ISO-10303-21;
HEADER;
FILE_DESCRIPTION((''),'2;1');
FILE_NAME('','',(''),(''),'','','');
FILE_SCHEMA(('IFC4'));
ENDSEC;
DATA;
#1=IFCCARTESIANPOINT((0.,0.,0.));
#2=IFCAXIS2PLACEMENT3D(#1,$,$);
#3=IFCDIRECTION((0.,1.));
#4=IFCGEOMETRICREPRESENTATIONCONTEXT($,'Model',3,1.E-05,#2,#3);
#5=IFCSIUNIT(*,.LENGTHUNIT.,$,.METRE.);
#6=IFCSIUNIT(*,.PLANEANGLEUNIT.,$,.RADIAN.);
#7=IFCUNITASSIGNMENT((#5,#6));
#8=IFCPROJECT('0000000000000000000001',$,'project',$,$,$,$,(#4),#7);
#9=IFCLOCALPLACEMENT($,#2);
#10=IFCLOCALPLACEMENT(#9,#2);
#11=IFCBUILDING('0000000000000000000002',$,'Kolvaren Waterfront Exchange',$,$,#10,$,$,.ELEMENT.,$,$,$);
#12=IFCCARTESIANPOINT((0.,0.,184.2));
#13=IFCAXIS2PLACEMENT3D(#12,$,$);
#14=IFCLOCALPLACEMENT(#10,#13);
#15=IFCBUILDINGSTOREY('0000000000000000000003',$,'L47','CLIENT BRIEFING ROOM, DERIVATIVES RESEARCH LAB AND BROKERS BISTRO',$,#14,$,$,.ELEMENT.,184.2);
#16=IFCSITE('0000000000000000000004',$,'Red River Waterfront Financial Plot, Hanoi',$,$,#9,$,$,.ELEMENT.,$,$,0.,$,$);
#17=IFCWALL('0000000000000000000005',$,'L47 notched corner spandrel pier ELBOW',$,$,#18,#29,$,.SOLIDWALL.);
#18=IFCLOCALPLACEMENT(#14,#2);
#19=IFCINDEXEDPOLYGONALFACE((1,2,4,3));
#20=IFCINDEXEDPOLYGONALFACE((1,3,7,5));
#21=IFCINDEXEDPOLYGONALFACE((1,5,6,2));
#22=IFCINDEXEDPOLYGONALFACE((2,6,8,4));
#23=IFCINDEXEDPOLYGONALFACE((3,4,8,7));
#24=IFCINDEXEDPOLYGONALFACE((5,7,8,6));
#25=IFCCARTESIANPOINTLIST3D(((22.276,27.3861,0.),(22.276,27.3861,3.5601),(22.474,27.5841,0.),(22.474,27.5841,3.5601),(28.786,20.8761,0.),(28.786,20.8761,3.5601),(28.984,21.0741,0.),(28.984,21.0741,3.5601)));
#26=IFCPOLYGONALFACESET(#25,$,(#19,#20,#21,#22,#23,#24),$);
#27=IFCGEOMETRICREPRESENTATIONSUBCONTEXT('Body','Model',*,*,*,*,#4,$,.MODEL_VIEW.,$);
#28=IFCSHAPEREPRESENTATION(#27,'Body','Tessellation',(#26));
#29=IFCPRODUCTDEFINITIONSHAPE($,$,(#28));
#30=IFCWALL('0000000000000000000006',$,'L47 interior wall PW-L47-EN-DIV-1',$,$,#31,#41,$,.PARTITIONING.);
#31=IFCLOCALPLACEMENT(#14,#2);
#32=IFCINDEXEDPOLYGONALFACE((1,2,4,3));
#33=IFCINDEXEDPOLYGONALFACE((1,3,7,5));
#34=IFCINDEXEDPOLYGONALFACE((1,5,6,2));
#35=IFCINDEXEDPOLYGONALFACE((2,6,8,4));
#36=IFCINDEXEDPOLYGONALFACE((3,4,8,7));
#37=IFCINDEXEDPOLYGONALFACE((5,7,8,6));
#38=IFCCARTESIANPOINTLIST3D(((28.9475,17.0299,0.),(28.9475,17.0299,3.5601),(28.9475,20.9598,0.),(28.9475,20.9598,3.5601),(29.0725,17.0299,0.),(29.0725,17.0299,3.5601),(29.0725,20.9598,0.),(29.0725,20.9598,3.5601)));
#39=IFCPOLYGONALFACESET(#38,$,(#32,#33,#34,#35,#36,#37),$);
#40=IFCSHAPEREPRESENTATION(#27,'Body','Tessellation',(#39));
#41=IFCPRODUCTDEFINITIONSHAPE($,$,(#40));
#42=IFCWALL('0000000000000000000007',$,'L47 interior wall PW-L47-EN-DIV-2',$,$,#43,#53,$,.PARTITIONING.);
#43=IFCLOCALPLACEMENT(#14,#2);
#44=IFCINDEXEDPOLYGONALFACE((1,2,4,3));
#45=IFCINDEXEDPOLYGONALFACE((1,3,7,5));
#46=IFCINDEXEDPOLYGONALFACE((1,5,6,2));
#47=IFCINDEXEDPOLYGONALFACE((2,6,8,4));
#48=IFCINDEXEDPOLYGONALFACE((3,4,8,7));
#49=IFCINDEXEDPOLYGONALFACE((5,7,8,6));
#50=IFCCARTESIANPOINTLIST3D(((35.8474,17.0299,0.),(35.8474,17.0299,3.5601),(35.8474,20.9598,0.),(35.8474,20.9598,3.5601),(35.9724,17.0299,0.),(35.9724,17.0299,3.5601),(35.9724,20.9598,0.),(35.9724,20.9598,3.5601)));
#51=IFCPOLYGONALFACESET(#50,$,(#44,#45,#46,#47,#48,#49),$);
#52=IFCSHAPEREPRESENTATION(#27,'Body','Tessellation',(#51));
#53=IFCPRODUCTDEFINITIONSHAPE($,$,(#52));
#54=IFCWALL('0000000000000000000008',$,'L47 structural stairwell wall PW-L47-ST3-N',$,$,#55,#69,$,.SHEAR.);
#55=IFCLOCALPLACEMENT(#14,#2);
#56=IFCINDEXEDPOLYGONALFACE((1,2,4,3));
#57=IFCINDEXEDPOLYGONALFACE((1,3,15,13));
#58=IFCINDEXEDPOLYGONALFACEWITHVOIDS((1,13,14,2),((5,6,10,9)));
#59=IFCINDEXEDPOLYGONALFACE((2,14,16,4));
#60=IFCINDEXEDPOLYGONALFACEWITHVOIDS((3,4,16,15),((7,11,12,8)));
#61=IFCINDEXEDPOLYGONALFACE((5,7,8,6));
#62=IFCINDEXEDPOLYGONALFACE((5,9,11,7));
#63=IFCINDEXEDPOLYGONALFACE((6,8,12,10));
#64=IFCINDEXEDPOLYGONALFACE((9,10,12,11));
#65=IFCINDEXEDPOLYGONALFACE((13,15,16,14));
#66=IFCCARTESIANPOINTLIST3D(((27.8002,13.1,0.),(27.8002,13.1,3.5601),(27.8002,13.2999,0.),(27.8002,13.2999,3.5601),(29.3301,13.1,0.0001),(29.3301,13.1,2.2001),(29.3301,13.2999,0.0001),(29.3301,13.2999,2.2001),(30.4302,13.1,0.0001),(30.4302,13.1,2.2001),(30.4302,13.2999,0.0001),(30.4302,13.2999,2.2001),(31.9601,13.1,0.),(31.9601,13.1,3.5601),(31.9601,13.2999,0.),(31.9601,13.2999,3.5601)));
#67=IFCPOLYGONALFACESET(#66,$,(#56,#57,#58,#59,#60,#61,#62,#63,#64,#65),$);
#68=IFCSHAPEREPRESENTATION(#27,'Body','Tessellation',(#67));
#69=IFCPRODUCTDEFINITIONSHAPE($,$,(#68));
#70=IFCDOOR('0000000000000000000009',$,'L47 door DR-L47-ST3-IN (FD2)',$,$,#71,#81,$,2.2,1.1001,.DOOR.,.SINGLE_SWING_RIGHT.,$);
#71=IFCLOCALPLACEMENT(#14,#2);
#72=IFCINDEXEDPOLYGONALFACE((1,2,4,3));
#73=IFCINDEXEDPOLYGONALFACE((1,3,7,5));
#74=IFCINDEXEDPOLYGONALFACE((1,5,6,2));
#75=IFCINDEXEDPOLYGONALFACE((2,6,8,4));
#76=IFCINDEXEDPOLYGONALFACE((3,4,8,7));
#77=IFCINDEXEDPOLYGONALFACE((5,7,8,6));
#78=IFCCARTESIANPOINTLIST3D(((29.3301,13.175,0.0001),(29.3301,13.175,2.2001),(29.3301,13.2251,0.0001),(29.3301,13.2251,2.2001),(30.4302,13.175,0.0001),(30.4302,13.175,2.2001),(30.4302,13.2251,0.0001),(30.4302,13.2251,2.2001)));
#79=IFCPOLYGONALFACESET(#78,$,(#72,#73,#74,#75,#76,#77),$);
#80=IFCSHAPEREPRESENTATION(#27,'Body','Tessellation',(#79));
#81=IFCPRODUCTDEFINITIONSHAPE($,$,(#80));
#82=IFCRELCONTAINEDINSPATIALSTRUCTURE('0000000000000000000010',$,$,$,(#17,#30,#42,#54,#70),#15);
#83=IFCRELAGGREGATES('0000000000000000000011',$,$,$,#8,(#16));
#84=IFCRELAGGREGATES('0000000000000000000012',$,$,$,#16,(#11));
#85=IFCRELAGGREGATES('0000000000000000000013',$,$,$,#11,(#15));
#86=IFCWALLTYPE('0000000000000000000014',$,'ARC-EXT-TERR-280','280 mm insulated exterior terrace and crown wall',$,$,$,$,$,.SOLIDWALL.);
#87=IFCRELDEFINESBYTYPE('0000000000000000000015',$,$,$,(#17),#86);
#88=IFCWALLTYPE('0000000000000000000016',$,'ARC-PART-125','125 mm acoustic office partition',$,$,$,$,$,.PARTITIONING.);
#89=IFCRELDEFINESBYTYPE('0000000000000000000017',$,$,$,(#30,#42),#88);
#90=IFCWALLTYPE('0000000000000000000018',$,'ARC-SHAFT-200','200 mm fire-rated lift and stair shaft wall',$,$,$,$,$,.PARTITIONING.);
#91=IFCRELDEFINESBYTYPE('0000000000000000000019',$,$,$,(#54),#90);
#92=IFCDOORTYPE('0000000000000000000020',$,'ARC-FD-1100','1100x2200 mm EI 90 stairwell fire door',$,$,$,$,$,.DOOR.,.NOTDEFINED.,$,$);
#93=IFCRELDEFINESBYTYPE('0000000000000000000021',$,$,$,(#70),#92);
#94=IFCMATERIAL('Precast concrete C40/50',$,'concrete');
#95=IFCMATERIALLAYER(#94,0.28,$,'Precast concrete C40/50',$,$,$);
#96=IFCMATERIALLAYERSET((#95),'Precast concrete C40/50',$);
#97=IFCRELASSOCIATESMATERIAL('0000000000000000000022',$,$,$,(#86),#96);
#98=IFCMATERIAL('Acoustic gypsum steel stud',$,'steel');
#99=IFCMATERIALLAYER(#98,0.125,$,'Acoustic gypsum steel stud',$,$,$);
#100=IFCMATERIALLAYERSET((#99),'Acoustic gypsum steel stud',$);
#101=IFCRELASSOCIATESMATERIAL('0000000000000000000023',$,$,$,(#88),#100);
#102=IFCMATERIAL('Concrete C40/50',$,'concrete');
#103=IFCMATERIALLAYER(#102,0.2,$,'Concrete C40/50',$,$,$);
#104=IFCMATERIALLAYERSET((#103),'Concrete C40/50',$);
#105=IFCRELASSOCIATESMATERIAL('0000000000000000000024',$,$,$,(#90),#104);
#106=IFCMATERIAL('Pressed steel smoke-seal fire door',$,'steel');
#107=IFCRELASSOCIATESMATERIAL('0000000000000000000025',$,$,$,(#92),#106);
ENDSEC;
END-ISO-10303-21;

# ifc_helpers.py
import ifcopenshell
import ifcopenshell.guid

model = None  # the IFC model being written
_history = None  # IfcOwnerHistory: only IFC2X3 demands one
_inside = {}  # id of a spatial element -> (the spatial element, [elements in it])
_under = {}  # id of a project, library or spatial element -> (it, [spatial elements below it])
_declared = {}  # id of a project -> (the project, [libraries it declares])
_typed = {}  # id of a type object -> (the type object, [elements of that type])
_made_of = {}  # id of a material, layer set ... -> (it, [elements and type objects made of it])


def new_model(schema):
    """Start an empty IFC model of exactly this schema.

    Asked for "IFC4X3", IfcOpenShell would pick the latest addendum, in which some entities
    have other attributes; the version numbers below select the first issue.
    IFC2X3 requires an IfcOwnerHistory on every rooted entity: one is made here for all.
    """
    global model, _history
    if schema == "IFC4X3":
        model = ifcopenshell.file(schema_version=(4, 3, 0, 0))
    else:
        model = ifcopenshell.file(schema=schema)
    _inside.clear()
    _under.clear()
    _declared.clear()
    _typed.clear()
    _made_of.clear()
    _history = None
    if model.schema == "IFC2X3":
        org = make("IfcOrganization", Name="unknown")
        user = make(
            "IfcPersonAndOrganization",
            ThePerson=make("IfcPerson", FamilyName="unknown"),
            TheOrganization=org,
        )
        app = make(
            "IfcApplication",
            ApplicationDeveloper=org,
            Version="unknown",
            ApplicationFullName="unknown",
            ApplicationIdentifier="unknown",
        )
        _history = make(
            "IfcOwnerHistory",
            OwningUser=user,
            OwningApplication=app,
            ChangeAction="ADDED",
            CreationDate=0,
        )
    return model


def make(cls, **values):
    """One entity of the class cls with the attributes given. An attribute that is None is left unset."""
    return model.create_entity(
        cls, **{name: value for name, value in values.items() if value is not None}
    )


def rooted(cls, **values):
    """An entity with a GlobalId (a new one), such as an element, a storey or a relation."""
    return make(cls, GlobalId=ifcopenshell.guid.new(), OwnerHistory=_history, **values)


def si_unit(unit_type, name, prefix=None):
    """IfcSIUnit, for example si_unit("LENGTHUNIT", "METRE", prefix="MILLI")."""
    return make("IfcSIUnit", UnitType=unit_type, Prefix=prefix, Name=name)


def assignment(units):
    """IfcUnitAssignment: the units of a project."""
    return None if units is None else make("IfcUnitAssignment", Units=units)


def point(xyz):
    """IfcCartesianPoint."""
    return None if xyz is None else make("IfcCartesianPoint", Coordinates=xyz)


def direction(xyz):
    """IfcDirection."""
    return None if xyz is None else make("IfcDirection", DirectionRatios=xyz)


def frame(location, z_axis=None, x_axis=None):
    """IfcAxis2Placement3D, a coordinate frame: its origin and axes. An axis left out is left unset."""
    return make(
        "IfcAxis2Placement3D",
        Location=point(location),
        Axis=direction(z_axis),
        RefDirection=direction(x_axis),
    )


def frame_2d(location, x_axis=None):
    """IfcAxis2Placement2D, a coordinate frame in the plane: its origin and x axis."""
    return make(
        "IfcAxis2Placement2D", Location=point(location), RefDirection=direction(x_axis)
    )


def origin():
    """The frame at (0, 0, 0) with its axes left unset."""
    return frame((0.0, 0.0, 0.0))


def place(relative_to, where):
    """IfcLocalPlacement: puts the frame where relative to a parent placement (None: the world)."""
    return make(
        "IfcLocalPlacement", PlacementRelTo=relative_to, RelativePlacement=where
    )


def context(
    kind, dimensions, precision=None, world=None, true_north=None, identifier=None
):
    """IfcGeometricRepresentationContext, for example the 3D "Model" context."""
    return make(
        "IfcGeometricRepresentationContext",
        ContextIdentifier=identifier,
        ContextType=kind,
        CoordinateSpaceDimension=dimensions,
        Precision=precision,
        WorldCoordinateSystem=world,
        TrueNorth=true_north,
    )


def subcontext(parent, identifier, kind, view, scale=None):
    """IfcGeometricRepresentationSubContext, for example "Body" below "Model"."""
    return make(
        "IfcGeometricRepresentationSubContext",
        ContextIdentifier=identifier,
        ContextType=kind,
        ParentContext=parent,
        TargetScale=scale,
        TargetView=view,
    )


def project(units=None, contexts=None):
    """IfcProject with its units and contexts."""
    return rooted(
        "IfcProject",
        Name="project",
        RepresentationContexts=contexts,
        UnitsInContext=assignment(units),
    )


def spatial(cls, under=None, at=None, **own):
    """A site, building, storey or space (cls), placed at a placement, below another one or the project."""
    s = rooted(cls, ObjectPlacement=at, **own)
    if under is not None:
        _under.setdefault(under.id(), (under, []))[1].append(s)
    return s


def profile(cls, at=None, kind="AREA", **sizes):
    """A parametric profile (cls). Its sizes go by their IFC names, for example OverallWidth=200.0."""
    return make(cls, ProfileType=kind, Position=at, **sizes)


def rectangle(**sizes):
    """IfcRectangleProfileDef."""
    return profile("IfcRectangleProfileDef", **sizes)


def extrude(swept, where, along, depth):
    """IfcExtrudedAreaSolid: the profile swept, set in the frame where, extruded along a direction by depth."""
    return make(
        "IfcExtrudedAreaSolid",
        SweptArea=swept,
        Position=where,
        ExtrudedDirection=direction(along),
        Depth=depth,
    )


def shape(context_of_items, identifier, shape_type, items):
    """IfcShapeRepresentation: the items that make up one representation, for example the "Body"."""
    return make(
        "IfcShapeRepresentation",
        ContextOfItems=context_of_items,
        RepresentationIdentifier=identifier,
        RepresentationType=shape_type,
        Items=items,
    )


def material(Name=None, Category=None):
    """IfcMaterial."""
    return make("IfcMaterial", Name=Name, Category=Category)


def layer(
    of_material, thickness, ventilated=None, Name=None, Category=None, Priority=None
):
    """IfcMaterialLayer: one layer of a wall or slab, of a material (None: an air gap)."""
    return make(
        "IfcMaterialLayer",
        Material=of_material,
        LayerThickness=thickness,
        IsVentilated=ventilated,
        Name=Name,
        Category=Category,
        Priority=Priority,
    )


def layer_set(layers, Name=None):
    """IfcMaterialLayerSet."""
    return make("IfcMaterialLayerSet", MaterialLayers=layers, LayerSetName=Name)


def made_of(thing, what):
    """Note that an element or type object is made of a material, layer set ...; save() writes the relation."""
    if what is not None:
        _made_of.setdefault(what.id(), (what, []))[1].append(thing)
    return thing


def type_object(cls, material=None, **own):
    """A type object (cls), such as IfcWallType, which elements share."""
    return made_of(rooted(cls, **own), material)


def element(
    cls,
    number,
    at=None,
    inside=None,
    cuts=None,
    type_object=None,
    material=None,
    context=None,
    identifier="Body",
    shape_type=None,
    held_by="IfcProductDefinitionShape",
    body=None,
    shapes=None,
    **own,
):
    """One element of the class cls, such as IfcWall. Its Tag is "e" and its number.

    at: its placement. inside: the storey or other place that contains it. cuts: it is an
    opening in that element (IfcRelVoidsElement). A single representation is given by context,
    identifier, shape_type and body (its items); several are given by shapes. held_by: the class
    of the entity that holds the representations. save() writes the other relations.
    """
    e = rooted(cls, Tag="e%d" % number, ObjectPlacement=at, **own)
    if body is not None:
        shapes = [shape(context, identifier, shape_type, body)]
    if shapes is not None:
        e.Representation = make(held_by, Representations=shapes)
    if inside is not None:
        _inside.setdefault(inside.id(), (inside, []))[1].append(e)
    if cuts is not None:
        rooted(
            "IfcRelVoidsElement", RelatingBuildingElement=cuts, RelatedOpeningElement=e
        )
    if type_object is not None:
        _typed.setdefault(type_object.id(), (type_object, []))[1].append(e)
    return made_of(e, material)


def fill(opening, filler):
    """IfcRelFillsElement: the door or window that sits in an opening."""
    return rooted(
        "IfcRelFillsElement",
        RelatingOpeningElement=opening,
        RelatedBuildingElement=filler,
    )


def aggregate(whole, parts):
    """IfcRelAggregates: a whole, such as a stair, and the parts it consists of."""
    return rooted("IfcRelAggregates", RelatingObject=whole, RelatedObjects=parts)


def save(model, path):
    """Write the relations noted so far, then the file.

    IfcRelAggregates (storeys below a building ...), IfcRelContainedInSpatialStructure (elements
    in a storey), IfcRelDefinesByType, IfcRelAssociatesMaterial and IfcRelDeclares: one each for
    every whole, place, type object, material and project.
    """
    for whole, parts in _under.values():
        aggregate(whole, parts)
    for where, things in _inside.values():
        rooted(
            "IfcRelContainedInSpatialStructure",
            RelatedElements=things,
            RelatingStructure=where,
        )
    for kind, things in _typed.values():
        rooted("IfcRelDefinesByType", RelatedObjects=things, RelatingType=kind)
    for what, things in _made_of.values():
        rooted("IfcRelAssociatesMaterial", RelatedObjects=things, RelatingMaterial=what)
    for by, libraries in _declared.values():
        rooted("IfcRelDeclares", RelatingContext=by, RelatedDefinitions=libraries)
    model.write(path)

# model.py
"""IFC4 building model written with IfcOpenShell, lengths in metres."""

from ifc_helpers import new_model, si_unit, direction, frame, frame_2d, origin, place, context, subcontext, project, spatial, rectangle, extrude, material, layer, layer_set, type_object, element, fill, save


model = new_model("IFC4")

# Units and contexts
model_context = context("Model", 3, precision=1e-05, world=origin(), true_north=direction((0.0, 1.0)))
body_context = subcontext(model_context, "Body", "Model", "MODEL_VIEW")
ifc_project = project(units=[si_unit("LENGTHUNIT", "METRE"), si_unit("PLANEANGLEUNIT", "RADIAN")], contexts=[model_context])

# Site, building, storey
site_placement = place(None, origin())
site = spatial("IfcSite", under=ifc_project, at=site_placement, Name="Red River Waterfront Financial Plot, Hanoi", CompositionType="ELEMENT", RefElevation=0.0)
building_placement = place(site_placement, origin())
building = spatial("IfcBuilding", under=site, at=building_placement, Name="Kolvaren Waterfront Exchange", CompositionType="ELEMENT")
storey_placement = place(building_placement, frame((0.0, 0.0, 184.2)))
storey = spatial("IfcBuildingStorey", under=building, at=storey_placement, Name="L47", Description="CLIENT BRIEFING ROOM, DERIVATIVES RESEARCH LAB AND BROKERS BISTRO", CompositionType="ELEMENT", Elevation=184.2)

# Walls
ifc_material_1 = material(Name="Precast concrete C40/50", Category="concrete")
ifc_layer_1 = layer(ifc_material_1, 0.28, Name="Precast concrete C40/50")
ifc_layer_set_1 = layer_set([ifc_layer_1], Name="Precast concrete C40/50")
wall_type_1 = type_object("IfcWallType", Name="ARC-EXT-TERR-280", Description="280 mm insulated exterior terrace and crown wall", PredefinedType="SOLIDWALL", material=ifc_layer_set_1)
wall_1_placement = place(storey_placement, frame((28.885, 20.9751, 0.0), z_axis=(0.0, 0.0, 1.0), x_axis=(-0.707107, 0.707107, 0.0)))
element("IfcWall", 1, at=wall_1_placement, inside=storey, type_object=wall_type_1, Name="L47 notched corner spandrel pier ELBOW", PredefinedType="SOLIDWALL", context=body_context, shape_type="SweptSolid", body=[
    extrude(rectangle(XDim=9.2065, YDim=0.28, at=frame_2d((4.6033, 0.0))), origin(), (0.0, 0.0, 1.0), 3.5601),
])
ifc_material_2 = material(Name="Acoustic gypsum steel stud", Category="steel")
ifc_layer_2 = layer(ifc_material_2, 0.125, Name="Acoustic gypsum steel stud")
ifc_layer_set_2 = layer_set([ifc_layer_2], Name="Acoustic gypsum steel stud")
wall_type_2 = type_object("IfcWallType", Name="ARC-PART-125", Description="125 mm acoustic office partition", PredefinedType="PARTITIONING", material=ifc_layer_set_2)
for number, where, z_axis, x_axis, name in (
    (2, (29.01, 17.03, 0.0), (0.0, 0.0, 1.0), (0.0, 1.0, 0.0), "L47 interior wall PW-L47-EN-DIV-1"),
    (3, (35.9099, 17.03, 0.0), (0.0, 0.0, 1.0), (0.0, 1.0, 0.0), "L47 interior wall PW-L47-EN-DIV-2"),
):
    element("IfcWall", number, at=place(storey_placement, frame(where, z_axis=z_axis, x_axis=x_axis)), inside=storey, type_object=wall_type_2, Name=name, PredefinedType="PARTITIONING", context=body_context, shape_type="SweptSolid", body=[
        extrude(rectangle(XDim=3.9299, YDim=0.125, at=frame_2d((1.9648, 0.0))), origin(), (0.0, 0.0, 1.0), 3.5601),
    ])

# Wall, opening, door
ifc_material_3 = material(Name="Concrete C40/50", Category="concrete")
ifc_layer_3 = layer(ifc_material_3, 0.2, Name="Concrete C40/50")
ifc_layer_set_3 = layer_set([ifc_layer_3], Name="Concrete C40/50")
wall_type_3 = type_object("IfcWallType", Name="ARC-SHAFT-200", Description="200 mm fire-rated lift and stair shaft wall", PredefinedType="PARTITIONING", material=ifc_layer_set_3)
wall_2_placement = place(storey_placement, frame((27.8, 13.2, 0.0), z_axis=(0.0, 0.0, 1.0), x_axis=(1.0, 0.0, 0.0)))
wall_2 = element("IfcWall", 4, at=wall_2_placement, inside=storey, type_object=wall_type_3, Name="L47 structural stairwell wall PW-L47-ST3-N", PredefinedType="SHEAR", context=body_context, shape_type="SweptSolid", body=[
    extrude(rectangle(XDim=4.1599, YDim=0.2, at=frame_2d((2.0801, 0.0))), origin(), (0.0, 0.0, 1.0), 3.5601),
])
opening_1_placement = place(wall_2_placement, frame((1.53, 0.0, 0.0)))
opening_1 = element("IfcOpeningElement", 5, at=opening_1_placement, cuts=wall_2, PredefinedType="OPENING", context=body_context, shape_type="SweptSolid", body=[
    extrude(rectangle(XDim=1.1001, YDim=2.2, at=frame_2d((0.55, 1.1001))), frame((0.0, 0.1099, 0.0), z_axis=(0.0, -1.0, 0.0), x_axis=(1.0, 0.0, 0.0)), (0.0, 0.0, 1.0), 0.22),
])
ifc_material_4 = material(Name="Pressed steel smoke-seal fire door", Category="steel")
door_type_1 = type_object("IfcDoorType", Name="ARC-FD-1100", Description="1100x2200 mm EI 90 stairwell fire door", OperationType="NOTDEFINED", PredefinedType="DOOR", material=ifc_material_4)
door_1_placement = place(opening_1_placement, frame((1.1001, 0.0, 0.0), z_axis=(0.0, 0.0, 1.0), x_axis=(-1.0, 0.0, 0.0)))
door_1 = element("IfcDoor", 6, at=door_1_placement, inside=storey, type_object=door_type_1, Name="L47 door DR-L47-ST3-IN (FD2)", OperationType="SINGLE_SWING_RIGHT", OverallHeight=2.2, OverallWidth=1.1001, PredefinedType="DOOR", context=body_context, shape_type="SweptSolid", body=[
    extrude(rectangle(XDim=1.1001, YDim=2.2, at=frame_2d((0.55, 1.1001))), frame((0.0, 0.0249, 0.0), z_axis=(0.0, -1.0, 0.0), x_axis=(1.0, 0.0, 0.0)), (0.0, 0.0, 1.0), 0.05),
])
fill(opening_1, door_1)

save(model, "model.ifc")
